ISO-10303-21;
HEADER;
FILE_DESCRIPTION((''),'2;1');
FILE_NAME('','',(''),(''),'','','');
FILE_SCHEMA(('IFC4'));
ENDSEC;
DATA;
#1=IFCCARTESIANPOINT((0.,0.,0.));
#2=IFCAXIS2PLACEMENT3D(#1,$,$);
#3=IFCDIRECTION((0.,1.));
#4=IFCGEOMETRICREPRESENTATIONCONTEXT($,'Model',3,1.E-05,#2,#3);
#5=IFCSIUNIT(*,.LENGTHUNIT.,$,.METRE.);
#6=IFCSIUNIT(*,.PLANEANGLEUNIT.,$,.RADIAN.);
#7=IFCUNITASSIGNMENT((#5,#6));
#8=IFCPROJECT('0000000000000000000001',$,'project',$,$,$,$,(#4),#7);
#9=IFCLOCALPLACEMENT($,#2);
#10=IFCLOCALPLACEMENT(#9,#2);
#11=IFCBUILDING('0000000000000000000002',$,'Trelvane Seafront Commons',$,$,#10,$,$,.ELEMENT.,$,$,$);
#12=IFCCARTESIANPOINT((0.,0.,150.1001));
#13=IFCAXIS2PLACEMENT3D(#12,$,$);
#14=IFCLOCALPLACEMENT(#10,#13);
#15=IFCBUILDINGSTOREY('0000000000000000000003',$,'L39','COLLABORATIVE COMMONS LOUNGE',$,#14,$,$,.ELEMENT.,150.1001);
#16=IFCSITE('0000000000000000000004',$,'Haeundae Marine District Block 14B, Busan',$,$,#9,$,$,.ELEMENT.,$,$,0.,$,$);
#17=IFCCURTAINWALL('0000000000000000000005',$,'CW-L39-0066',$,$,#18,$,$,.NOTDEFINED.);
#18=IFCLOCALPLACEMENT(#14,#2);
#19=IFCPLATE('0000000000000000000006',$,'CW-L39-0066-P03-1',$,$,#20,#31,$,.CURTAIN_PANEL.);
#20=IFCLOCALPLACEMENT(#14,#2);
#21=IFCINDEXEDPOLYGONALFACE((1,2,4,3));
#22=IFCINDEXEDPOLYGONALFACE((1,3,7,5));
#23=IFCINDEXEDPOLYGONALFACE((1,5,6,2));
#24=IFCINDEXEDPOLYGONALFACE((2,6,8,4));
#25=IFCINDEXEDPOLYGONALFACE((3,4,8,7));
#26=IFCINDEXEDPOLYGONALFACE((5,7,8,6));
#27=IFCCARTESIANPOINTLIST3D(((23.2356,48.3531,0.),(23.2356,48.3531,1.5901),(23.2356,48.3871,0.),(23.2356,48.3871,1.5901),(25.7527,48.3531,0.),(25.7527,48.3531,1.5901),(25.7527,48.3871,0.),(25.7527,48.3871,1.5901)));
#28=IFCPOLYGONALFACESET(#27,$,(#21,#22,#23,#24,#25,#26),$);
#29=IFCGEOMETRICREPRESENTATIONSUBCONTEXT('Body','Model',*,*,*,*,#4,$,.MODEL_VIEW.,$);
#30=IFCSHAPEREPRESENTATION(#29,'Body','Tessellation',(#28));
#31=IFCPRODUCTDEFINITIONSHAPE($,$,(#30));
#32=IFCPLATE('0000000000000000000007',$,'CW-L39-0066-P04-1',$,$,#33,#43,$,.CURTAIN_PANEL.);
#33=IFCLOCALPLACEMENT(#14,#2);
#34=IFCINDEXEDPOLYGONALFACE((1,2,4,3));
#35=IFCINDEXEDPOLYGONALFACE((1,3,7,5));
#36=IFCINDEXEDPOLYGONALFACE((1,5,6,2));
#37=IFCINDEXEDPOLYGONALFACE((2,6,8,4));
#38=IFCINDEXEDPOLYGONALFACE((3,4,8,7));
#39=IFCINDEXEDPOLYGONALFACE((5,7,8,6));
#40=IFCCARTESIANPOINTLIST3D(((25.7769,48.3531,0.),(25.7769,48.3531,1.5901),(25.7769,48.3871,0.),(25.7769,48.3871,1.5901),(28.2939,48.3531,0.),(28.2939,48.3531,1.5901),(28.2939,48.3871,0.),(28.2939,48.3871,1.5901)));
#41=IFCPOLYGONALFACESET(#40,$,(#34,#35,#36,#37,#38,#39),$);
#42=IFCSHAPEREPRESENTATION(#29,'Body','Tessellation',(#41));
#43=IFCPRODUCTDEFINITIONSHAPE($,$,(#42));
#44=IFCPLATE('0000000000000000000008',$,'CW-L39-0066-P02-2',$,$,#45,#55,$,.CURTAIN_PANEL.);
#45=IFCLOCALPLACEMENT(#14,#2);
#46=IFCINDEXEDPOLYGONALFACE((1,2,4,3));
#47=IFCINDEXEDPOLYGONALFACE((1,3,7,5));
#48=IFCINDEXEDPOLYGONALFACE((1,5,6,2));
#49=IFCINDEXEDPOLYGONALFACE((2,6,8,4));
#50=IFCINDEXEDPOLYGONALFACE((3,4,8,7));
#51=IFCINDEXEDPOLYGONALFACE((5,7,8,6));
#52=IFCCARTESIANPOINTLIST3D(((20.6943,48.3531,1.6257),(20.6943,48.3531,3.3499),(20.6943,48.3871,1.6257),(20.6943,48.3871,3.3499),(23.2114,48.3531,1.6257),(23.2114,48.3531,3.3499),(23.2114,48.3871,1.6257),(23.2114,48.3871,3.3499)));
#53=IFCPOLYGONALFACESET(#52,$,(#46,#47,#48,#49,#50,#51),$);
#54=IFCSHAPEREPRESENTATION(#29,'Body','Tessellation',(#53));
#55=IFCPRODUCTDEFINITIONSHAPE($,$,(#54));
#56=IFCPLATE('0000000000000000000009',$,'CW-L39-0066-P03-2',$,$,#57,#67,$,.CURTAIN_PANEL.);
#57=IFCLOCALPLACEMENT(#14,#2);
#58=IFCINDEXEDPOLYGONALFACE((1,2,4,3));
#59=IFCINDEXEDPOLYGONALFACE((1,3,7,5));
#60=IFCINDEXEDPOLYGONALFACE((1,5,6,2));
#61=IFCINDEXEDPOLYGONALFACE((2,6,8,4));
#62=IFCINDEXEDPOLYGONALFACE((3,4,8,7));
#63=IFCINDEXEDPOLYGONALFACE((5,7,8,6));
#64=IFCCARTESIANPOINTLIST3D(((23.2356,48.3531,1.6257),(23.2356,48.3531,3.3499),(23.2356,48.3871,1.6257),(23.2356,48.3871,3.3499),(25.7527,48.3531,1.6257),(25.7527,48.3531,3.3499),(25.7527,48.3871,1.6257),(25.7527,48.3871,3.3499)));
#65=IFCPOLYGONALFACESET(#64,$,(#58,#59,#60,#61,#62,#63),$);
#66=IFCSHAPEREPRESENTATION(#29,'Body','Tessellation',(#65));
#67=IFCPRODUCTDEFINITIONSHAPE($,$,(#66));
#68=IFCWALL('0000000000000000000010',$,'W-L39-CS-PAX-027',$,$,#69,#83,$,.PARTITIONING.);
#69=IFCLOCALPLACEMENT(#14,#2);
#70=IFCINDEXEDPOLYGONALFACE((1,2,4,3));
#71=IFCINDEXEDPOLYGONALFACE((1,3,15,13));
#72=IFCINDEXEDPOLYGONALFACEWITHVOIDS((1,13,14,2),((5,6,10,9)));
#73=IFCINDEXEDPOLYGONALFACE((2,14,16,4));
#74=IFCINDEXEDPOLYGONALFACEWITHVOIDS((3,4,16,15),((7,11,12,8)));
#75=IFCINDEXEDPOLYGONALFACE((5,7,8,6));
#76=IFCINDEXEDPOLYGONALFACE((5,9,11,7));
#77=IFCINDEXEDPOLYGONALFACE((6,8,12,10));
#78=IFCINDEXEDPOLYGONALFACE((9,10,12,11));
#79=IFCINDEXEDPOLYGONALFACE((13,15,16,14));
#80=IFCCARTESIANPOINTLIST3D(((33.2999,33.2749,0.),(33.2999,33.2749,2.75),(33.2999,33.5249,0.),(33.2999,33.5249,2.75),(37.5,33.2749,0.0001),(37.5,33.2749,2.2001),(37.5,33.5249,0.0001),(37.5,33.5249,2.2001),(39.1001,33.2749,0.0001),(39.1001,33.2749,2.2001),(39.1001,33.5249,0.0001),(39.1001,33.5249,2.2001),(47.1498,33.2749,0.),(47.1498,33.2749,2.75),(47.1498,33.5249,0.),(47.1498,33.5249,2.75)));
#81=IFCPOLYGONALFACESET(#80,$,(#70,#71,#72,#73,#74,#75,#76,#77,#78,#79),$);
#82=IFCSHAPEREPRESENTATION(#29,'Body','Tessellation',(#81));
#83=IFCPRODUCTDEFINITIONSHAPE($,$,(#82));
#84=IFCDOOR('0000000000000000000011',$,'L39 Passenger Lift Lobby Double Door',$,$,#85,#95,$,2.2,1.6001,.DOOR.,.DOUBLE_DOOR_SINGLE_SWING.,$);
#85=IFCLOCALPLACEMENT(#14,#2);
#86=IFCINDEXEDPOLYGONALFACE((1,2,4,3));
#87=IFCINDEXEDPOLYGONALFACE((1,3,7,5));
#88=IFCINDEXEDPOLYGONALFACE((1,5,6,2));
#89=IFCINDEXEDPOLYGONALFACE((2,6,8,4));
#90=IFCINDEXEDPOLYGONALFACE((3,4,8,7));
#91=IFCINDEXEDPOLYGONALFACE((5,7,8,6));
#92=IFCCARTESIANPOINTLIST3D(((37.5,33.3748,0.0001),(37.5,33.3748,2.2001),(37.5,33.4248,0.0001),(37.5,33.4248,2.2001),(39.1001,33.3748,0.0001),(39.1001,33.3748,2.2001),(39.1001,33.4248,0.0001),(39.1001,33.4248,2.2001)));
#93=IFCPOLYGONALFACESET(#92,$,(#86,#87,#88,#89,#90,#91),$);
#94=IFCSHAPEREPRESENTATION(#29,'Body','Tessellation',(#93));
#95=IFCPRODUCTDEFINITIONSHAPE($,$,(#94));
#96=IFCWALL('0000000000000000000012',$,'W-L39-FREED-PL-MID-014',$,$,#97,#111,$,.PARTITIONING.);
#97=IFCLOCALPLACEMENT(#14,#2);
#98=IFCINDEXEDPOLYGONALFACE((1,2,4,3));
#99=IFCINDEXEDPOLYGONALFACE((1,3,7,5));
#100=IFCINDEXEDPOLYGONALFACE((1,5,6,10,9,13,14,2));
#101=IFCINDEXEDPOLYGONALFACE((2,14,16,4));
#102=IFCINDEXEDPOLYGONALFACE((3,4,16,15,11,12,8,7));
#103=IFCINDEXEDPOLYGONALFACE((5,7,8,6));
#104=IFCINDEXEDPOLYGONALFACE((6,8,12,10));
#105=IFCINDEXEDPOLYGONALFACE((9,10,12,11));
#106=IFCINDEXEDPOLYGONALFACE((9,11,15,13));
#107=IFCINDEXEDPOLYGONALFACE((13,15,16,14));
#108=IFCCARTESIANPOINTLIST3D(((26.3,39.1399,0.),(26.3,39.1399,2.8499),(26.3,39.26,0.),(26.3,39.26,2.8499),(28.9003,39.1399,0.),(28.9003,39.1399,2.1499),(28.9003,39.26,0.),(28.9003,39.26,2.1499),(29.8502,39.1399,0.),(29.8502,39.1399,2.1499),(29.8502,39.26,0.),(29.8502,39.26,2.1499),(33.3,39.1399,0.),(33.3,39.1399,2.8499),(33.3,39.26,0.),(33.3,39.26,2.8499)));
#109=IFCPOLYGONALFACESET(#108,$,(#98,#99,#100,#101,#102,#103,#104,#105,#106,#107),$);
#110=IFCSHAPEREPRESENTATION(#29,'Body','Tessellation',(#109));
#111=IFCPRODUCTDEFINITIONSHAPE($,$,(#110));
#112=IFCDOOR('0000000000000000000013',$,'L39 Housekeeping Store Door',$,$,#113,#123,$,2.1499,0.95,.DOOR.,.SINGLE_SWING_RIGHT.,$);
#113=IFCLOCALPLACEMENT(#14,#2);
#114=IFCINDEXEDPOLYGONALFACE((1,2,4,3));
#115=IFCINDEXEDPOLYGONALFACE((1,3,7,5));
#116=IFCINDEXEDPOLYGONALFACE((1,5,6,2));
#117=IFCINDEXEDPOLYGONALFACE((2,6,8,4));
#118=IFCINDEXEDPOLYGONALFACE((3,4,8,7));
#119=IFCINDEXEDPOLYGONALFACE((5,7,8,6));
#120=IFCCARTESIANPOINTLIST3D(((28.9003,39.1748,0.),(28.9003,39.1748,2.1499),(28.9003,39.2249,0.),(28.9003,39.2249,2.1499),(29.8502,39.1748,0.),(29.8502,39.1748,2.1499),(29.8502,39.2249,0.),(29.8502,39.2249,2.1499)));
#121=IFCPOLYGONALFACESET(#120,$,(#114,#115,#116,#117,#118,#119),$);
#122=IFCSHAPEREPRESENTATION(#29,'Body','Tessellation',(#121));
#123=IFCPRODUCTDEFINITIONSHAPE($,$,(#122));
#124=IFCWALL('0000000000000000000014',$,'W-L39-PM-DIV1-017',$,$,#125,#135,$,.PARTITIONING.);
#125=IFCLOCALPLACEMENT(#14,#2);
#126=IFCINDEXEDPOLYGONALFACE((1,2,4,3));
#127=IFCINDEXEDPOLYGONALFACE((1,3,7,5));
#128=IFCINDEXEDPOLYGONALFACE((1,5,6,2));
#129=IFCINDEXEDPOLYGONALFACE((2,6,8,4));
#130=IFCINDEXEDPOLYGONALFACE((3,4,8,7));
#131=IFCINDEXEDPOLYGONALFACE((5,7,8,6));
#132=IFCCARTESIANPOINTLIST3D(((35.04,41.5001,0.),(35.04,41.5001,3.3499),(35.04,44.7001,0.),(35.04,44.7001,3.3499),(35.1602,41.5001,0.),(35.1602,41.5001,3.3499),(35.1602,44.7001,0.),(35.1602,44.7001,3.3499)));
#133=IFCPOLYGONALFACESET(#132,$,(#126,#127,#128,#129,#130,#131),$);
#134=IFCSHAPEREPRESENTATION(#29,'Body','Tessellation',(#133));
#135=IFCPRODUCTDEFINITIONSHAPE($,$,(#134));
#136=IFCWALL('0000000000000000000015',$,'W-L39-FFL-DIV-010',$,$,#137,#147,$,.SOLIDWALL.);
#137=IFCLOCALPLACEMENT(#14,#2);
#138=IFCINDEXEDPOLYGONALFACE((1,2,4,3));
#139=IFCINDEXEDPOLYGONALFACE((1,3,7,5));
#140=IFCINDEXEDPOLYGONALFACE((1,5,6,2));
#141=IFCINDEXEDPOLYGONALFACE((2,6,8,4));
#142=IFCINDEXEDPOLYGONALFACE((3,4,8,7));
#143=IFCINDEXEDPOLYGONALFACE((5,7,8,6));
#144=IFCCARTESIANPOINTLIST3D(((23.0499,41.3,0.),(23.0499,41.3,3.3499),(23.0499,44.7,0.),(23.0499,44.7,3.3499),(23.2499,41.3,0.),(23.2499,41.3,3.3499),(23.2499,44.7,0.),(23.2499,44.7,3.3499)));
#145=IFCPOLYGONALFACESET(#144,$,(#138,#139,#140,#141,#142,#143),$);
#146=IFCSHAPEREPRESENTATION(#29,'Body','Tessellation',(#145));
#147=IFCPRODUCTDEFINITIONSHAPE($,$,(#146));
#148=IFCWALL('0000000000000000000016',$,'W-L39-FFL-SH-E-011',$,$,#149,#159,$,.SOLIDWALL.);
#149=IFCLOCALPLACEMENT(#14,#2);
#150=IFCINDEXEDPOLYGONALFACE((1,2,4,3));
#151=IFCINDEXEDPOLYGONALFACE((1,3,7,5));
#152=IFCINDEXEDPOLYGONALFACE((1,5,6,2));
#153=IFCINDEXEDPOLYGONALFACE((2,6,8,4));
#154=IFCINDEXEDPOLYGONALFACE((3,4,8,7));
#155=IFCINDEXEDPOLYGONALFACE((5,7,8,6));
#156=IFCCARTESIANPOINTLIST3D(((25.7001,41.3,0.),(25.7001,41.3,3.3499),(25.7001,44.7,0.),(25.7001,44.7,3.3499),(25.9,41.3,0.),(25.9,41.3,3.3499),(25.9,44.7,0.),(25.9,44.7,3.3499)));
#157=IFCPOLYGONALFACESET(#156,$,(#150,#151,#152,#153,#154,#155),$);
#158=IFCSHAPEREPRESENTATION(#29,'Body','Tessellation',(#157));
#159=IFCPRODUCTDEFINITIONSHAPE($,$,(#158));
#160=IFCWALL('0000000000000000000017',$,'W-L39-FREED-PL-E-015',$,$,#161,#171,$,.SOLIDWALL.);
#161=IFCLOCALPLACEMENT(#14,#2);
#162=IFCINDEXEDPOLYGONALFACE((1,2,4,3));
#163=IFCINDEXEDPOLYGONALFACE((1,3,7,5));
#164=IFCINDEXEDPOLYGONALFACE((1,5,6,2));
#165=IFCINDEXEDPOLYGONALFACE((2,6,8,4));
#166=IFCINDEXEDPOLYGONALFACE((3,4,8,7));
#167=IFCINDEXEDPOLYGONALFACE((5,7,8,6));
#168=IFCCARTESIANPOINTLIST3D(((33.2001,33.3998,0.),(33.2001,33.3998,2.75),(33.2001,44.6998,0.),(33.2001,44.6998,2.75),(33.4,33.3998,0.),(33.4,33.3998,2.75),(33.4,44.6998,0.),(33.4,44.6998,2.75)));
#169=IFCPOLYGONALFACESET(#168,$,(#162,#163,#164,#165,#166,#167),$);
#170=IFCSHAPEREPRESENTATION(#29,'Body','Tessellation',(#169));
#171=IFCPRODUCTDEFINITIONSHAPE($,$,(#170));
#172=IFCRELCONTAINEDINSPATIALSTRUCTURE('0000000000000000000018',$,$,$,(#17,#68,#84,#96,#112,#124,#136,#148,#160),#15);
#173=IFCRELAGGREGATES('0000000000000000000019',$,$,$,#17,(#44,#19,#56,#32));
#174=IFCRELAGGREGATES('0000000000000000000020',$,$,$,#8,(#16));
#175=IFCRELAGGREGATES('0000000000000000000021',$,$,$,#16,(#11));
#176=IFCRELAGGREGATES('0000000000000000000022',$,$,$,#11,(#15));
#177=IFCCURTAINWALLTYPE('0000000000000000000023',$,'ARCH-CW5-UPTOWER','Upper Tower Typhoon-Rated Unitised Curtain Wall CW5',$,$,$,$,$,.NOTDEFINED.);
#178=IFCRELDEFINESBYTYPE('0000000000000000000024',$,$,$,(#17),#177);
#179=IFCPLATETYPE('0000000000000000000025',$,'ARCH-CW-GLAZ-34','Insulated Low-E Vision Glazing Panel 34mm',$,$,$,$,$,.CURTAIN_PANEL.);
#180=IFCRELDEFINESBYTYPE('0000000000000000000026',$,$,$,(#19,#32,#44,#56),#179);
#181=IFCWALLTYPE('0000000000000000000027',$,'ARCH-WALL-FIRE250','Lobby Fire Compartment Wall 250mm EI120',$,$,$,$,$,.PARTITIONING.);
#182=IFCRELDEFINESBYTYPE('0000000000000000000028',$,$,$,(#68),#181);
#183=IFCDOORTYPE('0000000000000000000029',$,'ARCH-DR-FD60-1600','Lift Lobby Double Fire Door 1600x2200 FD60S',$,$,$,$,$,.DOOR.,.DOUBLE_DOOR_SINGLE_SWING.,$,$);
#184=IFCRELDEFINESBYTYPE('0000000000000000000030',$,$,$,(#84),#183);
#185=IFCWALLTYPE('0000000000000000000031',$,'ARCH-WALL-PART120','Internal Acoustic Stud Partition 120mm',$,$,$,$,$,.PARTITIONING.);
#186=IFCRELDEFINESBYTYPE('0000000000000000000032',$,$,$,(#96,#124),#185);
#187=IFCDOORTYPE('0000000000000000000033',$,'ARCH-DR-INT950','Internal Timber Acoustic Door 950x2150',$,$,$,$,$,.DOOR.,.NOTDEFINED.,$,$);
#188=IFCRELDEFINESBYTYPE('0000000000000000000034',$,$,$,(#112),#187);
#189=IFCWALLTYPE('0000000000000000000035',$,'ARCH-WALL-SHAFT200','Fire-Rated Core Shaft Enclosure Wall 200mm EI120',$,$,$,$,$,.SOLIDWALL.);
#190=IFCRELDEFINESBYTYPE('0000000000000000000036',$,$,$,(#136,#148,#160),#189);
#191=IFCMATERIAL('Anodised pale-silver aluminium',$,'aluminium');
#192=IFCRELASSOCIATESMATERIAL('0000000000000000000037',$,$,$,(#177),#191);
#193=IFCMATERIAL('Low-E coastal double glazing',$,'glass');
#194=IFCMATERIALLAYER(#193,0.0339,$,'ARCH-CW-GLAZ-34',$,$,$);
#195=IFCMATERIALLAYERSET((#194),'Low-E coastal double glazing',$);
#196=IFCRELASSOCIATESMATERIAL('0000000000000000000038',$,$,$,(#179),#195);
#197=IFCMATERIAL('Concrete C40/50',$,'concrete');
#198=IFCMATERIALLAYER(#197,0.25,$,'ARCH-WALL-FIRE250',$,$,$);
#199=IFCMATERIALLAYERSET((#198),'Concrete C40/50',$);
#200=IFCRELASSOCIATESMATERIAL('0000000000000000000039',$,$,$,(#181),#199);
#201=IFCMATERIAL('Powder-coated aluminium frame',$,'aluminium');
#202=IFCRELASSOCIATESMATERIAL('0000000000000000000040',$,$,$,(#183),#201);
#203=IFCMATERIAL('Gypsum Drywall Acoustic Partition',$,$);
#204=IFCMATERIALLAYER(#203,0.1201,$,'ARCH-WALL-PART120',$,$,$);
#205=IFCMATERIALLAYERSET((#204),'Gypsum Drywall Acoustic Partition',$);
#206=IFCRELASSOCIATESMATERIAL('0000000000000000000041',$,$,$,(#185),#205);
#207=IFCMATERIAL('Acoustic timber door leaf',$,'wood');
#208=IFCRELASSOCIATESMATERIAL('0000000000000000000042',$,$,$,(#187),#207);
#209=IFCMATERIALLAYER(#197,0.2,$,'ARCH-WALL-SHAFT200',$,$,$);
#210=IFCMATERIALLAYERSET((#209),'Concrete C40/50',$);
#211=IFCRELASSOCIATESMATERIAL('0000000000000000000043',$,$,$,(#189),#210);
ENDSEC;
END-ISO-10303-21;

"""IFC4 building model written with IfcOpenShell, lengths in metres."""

from ifc_helpers import new_model, si_unit, direction, frame, frame_2d, origin, origin_2d, place, context, subcontext, project, spatial, rectangle, extrude, source, transform, mapped, material, layer, layer_set, type_object, element, fill, aggregate, save


model = new_model("IFC4")

# Units and contexts
model_context = context("Model", 3, precision=1e-05, world=origin(), true_north=direction((0.0, 1.0)))
body_context = subcontext(model_context, "Body", "Model", "MODEL_VIEW")
ifc_project = project(units=[si_unit("LENGTHUNIT", "METRE"), si_unit("PLANEANGLEUNIT", "RADIAN")], contexts=[model_context])

# Site, building, storey
site_placement = place(None, origin())
site = spatial("IfcSite", under=ifc_project, at=site_placement, Name="Haeundae Marine District Block 14B, Busan", CompositionType="ELEMENT", RefElevation=0.0)
building_placement = place(site_placement, origin())
building = spatial("IfcBuilding", under=site, at=building_placement, Name="Trelvane Seafront Commons", CompositionType="ELEMENT")
storey_placement = place(building_placement, frame((0.0, 0.0, 150.1001)))
storey = spatial("IfcBuildingStorey", under=building, at=storey_placement, Name="L39", Description="COLLABORATIVE COMMONS LOUNGE", CompositionType="ELEMENT", Elevation=150.1001)

# Curtain wall, plates
ifc_material_1 = material(Name="Anodised pale-silver aluminium", Category="aluminium")
curtain_wall_type = type_object("IfcCurtainWallType", Name="ARCH-CW5-UPTOWER", Description="Upper Tower Typhoon-Rated Unitised Curtain Wall CW5", PredefinedType="NOTDEFINED", material=ifc_material_1)
curtain_wall_placement = place(storey_placement, origin())
curtain_wall = element("IfcCurtainWall", 1, at=curtain_wall_placement, inside=storey, type_object=curtain_wall_type, Name="CW-L39-0066", PredefinedType="NOTDEFINED")
ifc_material_2 = material(Name="Low-E coastal double glazing", Category="glass")
ifc_layer_1 = layer(ifc_material_2, 0.0339, Name="ARCH-CW-GLAZ-34")
ifc_layer_set_1 = layer_set([ifc_layer_1], Name="Low-E coastal double glazing")
plate_type = type_object("IfcPlateType", Name="ARCH-CW-GLAZ-34", Description="Insulated Low-E Vision Glazing Panel 34mm", PredefinedType="CURTAIN_PANEL", material=ifc_layer_set_1)
shared_shape_1 = source(origin(), body_context, "Body", "SweptSolid", [
    extrude(rectangle(XDim=2.5171, YDim=0.0339, at=origin_2d()), origin(), (0.0, 0.0, 1.0), 1.5901),
])
plate_1_placement = place(storey_placement, frame((24.4941, 48.3701, 0.0), z_axis=(0.0, 0.0, 1.0), x_axis=(1.0, 0.0, 0.0)))
plate_1 = element("IfcPlate", 2, at=plate_1_placement, type_object=plate_type, Name="CW-L39-0066-P03-1", PredefinedType="CURTAIN_PANEL", context=body_context, shape_type="MappedRepresentation", body=[
    mapped(shared_shape_1, transform((0.0, 0.0, 0.0), x_axis=(1.0, 0.0, 0.0), y_axis=(0.0, 1.0, 0.0), z_axis=(0.0, 0.0, 1.0), scale=1.0)),
])
plate_2_placement = place(storey_placement, frame((27.0354, 48.3701, 0.0), z_axis=(0.0, 0.0, 1.0), x_axis=(1.0, 0.0, 0.0)))
plate_2 = element("IfcPlate", 3, at=plate_2_placement, type_object=plate_type, Name="CW-L39-0066-P04-1", PredefinedType="CURTAIN_PANEL", context=body_context, shape_type="MappedRepresentation", body=[
    mapped(shared_shape_1, transform((0.0, 0.0, 0.0), x_axis=(1.0, 0.0, 0.0), y_axis=(0.0, 1.0, 0.0), z_axis=(0.0, 0.0, 1.0), scale=1.0)),
])
shared_shape_2 = source(origin(), body_context, "Body", "SweptSolid", [
    extrude(rectangle(XDim=2.5171, YDim=0.0339, at=origin_2d()), origin(), (0.0, 0.0, 1.0), 1.7241),
])
plate_3_placement = place(storey_placement, frame((21.9529, 48.3701, 1.6257), z_axis=(0.0, 0.0, 1.0), x_axis=(1.0, 0.0, 0.0)))
plate_3 = element("IfcPlate", 4, at=plate_3_placement, type_object=plate_type, Name="CW-L39-0066-P02-2", PredefinedType="CURTAIN_PANEL", context=body_context, shape_type="MappedRepresentation", body=[
    mapped(shared_shape_2, transform((0.0, 0.0, 0.0), x_axis=(1.0, 0.0, 0.0), y_axis=(0.0, 1.0, 0.0), z_axis=(0.0, 0.0, 1.0), scale=1.0)),
])
plate_4_placement = place(storey_placement, frame((24.4941, 48.3701, 1.6257), z_axis=(0.0, 0.0, 1.0), x_axis=(1.0, 0.0, 0.0)))
plate_4 = element("IfcPlate", 5, at=plate_4_placement, type_object=plate_type, Name="CW-L39-0066-P03-2", PredefinedType="CURTAIN_PANEL", context=body_context, shape_type="MappedRepresentation", body=[
    mapped(shared_shape_2, transform((0.0, 0.0, 0.0), x_axis=(1.0, 0.0, 0.0), y_axis=(0.0, 1.0, 0.0), z_axis=(0.0, 0.0, 1.0), scale=1.0)),
])
aggregate(curtain_wall, [plate_3, plate_1, plate_4, plate_2])

# Walls, openings, doors
ifc_material_3 = material(Name="Concrete C40/50", Category="concrete")
ifc_layer_2 = layer(ifc_material_3, 0.25, Name="ARCH-WALL-FIRE250")
ifc_layer_set_2 = layer_set([ifc_layer_2], Name="Concrete C40/50")
wall_type_1 = type_object("IfcWallType", Name="ARCH-WALL-FIRE250", Description="Lobby Fire Compartment Wall 250mm EI120", PredefinedType="PARTITIONING", material=ifc_layer_set_2)
wall_1_placement = place(storey_placement, frame((33.3, 33.3999, 0.0), z_axis=(0.0, 0.0, 1.0), x_axis=(1.0, 0.0, 0.0)))
wall_1 = element("IfcWall", 6, at=wall_1_placement, inside=storey, type_object=wall_type_1, Name="W-L39-CS-PAX-027", PredefinedType="PARTITIONING", context=body_context, shape_type="SweptSolid", body=[
    extrude(rectangle(XDim=13.8499, YDim=0.25, at=frame_2d((6.9248, 0.0))), origin(), (0.0, 0.0, 1.0), 2.75),
])
opening_1_placement = place(wall_1_placement, frame((4.2, 0.0, 0.0)))
opening_1 = element("IfcOpeningElement", 7, at=opening_1_placement, cuts=wall_1, PredefinedType="OPENING", context=body_context, shape_type="SweptSolid", body=[
    extrude(rectangle(XDim=1.6001, YDim=2.2, at=frame_2d((0.8, 1.1001))), frame((0.0, 0.135, 0.0), z_axis=(0.0, -1.0, 0.0), x_axis=(1.0, 0.0, 0.0)), (0.0, 0.0, 1.0), 0.27),
])
ifc_material_4 = material(Name="Powder-coated aluminium frame", Category="aluminium")
door_type_1 = type_object("IfcDoorType", Name="ARCH-DR-FD60-1600", Description="Lift Lobby Double Fire Door 1600x2200 FD60S", OperationType="DOUBLE_DOOR_SINGLE_SWING", PredefinedType="DOOR", material=ifc_material_4)
shared_shape_3 = source(origin(), body_context, "Body", "SweptSolid", [
    extrude(rectangle(XDim=1.6001, YDim=2.2, at=frame_2d((0.8, 1.1001))), frame((0.0, 0.0249, 0.0), z_axis=(0.0, -1.0, 0.0), x_axis=(1.0, 0.0, 0.0)), (0.0, 0.0, 1.0), 0.05),
])
door_1_placement = place(opening_1_placement, origin())
door_1 = element("IfcDoor", 8, at=door_1_placement, inside=storey, type_object=door_type_1, Name="L39 Passenger Lift Lobby Double Door", OperationType="DOUBLE_DOOR_SINGLE_SWING", OverallHeight=2.2, OverallWidth=1.6001, PredefinedType="DOOR", context=body_context, shape_type="MappedRepresentation", body=[
    mapped(shared_shape_3, transform((0.0, 0.0, 0.0), x_axis=(1.0, 0.0, 0.0), y_axis=(0.0, 1.0, 0.0), z_axis=(0.0, 0.0, 1.0), scale=1.0)),
])
fill(opening_1, door_1)
ifc_material_5 = material(Name="Gypsum Drywall Acoustic Partition")
ifc_layer_3 = layer(ifc_material_5, 0.1201, Name="ARCH-WALL-PART120")
ifc_layer_set_3 = layer_set([ifc_layer_3], Name="Gypsum Drywall Acoustic Partition")
wall_type_2 = type_object("IfcWallType", Name="ARCH-WALL-PART120", Description="Internal Acoustic Stud Partition 120mm", PredefinedType="PARTITIONING", material=ifc_layer_set_3)
wall_2_placement = place(storey_placement, frame((26.3, 39.2, 0.0), z_axis=(0.0, 0.0, 1.0), x_axis=(1.0, 0.0, 0.0)))
wall_2 = element("IfcWall", 9, at=wall_2_placement, inside=storey, type_object=wall_type_2, Name="W-L39-FREED-PL-MID-014", PredefinedType="PARTITIONING", context=body_context, shape_type="SweptSolid", body=[
    extrude(rectangle(XDim=7.0, YDim=0.1201, at=frame_2d((3.5, 0.0))), origin(), (0.0, 0.0, 1.0), 2.8499),
])
opening_2_placement = place(wall_2_placement, frame((2.6001, 0.0, 0.0)))
opening_2 = element("IfcOpeningElement", 10, at=opening_2_placement, cuts=wall_2, PredefinedType="OPENING", context=body_context, shape_type="SweptSolid", body=[
    extrude(rectangle(XDim=0.95, YDim=2.1499, at=frame_2d((0.4751, 1.075))), frame((0.0, 0.0701, 0.0), z_axis=(0.0, -1.0, 0.0), x_axis=(1.0, 0.0, 0.0)), (0.0, 0.0, 1.0), 0.1401),
])
ifc_material_6 = material(Name="Acoustic timber door leaf", Category="wood")
door_type_2 = type_object("IfcDoorType", Name="ARCH-DR-INT950", Description="Internal Timber Acoustic Door 950x2150", OperationType="NOTDEFINED", PredefinedType="DOOR", material=ifc_material_6)
shared_shape_4 = source(origin(), body_context, "Body", "SweptSolid", [
    extrude(rectangle(XDim=0.95, YDim=2.1499, at=frame_2d((0.4751, 1.075))), frame((0.0, 0.0249, 0.0), z_axis=(0.0, -1.0, 0.0), x_axis=(1.0, 0.0, 0.0)), (0.0, 0.0, 1.0), 0.05),
])
door_2_placement = place(opening_2_placement, origin())
door_2 = element("IfcDoor", 11, at=door_2_placement, inside=storey, type_object=door_type_2, Name="L39 Housekeeping Store Door", OperationType="SINGLE_SWING_RIGHT", OverallHeight=2.1499, OverallWidth=0.95, PredefinedType="DOOR", context=body_context, shape_type="MappedRepresentation", body=[
    mapped(shared_shape_4, transform((0.0, 0.0, 0.0), x_axis=(1.0, 0.0, 0.0), y_axis=(0.0, 1.0, 0.0), z_axis=(0.0, 0.0, 1.0), scale=1.0)),
])
fill(opening_2, door_2)

# Walls
wall_3_placement = place(storey_placement, frame((35.1001, 41.5, 0.0), z_axis=(0.0, 0.0, 1.0), x_axis=(0.0, 1.0, 0.0)))
element("IfcWall", 12, at=wall_3_placement, inside=storey, type_object=wall_type_2, Name="W-L39-PM-DIV1-017", PredefinedType="PARTITIONING", context=body_context, shape_type="SweptSolid", body=[
    extrude(rectangle(XDim=3.2, YDim=0.1201, at=frame_2d((1.6001, 0.0))), origin(), (0.0, 0.0, 1.0), 3.3499),
])
ifc_layer_4 = layer(ifc_material_3, 0.2, Name="ARCH-WALL-SHAFT200")
ifc_layer_set_4 = layer_set([ifc_layer_4], Name="Concrete C40/50")
wall_type_3 = type_object("IfcWallType", Name="ARCH-WALL-SHAFT200", Description="Fire-Rated Core Shaft Enclosure Wall 200mm EI120", PredefinedType="SOLIDWALL", material=ifc_layer_set_4)
for number, where, z_axis, x_axis, name in (
    (13, (23.1499, 41.3, 0.0), (0.0, 0.0, 1.0), (0.0, 1.0, 0.0), "W-L39-FFL-DIV-010"),
    (14, (25.8, 41.3, 0.0), (0.0, 0.0, 1.0), (0.0, 1.0, 0.0), "W-L39-FFL-SH-E-011"),
):
    element("IfcWall", number, at=place(storey_placement, frame(where, z_axis=z_axis, x_axis=x_axis)), inside=storey, type_object=wall_type_3, Name=name, PredefinedType="SOLIDWALL", context=body_context, shape_type="SweptSolid", body=[
        extrude(rectangle(XDim=3.3999, YDim=0.2, at=frame_2d((1.7, 0.0))), origin(), (0.0, 0.0, 1.0), 3.3499),
    ])
wall_4_placement = place(storey_placement, frame((33.3, 33.3999, 0.0), z_axis=(0.0, 0.0, 1.0), x_axis=(0.0, 1.0, 0.0)))
element("IfcWall", 15, at=wall_4_placement, inside=storey, type_object=wall_type_3, Name="W-L39-FREED-PL-E-015", PredefinedType="SOLIDWALL", context=body_context, shape_type="SweptSolid", body=[
    extrude(rectangle(XDim=11.3, YDim=0.2, at=frame_2d((5.6499, 0.0))), origin(), (0.0, 0.0, 1.0), 2.75),
])

save(model, "model.ifc")
